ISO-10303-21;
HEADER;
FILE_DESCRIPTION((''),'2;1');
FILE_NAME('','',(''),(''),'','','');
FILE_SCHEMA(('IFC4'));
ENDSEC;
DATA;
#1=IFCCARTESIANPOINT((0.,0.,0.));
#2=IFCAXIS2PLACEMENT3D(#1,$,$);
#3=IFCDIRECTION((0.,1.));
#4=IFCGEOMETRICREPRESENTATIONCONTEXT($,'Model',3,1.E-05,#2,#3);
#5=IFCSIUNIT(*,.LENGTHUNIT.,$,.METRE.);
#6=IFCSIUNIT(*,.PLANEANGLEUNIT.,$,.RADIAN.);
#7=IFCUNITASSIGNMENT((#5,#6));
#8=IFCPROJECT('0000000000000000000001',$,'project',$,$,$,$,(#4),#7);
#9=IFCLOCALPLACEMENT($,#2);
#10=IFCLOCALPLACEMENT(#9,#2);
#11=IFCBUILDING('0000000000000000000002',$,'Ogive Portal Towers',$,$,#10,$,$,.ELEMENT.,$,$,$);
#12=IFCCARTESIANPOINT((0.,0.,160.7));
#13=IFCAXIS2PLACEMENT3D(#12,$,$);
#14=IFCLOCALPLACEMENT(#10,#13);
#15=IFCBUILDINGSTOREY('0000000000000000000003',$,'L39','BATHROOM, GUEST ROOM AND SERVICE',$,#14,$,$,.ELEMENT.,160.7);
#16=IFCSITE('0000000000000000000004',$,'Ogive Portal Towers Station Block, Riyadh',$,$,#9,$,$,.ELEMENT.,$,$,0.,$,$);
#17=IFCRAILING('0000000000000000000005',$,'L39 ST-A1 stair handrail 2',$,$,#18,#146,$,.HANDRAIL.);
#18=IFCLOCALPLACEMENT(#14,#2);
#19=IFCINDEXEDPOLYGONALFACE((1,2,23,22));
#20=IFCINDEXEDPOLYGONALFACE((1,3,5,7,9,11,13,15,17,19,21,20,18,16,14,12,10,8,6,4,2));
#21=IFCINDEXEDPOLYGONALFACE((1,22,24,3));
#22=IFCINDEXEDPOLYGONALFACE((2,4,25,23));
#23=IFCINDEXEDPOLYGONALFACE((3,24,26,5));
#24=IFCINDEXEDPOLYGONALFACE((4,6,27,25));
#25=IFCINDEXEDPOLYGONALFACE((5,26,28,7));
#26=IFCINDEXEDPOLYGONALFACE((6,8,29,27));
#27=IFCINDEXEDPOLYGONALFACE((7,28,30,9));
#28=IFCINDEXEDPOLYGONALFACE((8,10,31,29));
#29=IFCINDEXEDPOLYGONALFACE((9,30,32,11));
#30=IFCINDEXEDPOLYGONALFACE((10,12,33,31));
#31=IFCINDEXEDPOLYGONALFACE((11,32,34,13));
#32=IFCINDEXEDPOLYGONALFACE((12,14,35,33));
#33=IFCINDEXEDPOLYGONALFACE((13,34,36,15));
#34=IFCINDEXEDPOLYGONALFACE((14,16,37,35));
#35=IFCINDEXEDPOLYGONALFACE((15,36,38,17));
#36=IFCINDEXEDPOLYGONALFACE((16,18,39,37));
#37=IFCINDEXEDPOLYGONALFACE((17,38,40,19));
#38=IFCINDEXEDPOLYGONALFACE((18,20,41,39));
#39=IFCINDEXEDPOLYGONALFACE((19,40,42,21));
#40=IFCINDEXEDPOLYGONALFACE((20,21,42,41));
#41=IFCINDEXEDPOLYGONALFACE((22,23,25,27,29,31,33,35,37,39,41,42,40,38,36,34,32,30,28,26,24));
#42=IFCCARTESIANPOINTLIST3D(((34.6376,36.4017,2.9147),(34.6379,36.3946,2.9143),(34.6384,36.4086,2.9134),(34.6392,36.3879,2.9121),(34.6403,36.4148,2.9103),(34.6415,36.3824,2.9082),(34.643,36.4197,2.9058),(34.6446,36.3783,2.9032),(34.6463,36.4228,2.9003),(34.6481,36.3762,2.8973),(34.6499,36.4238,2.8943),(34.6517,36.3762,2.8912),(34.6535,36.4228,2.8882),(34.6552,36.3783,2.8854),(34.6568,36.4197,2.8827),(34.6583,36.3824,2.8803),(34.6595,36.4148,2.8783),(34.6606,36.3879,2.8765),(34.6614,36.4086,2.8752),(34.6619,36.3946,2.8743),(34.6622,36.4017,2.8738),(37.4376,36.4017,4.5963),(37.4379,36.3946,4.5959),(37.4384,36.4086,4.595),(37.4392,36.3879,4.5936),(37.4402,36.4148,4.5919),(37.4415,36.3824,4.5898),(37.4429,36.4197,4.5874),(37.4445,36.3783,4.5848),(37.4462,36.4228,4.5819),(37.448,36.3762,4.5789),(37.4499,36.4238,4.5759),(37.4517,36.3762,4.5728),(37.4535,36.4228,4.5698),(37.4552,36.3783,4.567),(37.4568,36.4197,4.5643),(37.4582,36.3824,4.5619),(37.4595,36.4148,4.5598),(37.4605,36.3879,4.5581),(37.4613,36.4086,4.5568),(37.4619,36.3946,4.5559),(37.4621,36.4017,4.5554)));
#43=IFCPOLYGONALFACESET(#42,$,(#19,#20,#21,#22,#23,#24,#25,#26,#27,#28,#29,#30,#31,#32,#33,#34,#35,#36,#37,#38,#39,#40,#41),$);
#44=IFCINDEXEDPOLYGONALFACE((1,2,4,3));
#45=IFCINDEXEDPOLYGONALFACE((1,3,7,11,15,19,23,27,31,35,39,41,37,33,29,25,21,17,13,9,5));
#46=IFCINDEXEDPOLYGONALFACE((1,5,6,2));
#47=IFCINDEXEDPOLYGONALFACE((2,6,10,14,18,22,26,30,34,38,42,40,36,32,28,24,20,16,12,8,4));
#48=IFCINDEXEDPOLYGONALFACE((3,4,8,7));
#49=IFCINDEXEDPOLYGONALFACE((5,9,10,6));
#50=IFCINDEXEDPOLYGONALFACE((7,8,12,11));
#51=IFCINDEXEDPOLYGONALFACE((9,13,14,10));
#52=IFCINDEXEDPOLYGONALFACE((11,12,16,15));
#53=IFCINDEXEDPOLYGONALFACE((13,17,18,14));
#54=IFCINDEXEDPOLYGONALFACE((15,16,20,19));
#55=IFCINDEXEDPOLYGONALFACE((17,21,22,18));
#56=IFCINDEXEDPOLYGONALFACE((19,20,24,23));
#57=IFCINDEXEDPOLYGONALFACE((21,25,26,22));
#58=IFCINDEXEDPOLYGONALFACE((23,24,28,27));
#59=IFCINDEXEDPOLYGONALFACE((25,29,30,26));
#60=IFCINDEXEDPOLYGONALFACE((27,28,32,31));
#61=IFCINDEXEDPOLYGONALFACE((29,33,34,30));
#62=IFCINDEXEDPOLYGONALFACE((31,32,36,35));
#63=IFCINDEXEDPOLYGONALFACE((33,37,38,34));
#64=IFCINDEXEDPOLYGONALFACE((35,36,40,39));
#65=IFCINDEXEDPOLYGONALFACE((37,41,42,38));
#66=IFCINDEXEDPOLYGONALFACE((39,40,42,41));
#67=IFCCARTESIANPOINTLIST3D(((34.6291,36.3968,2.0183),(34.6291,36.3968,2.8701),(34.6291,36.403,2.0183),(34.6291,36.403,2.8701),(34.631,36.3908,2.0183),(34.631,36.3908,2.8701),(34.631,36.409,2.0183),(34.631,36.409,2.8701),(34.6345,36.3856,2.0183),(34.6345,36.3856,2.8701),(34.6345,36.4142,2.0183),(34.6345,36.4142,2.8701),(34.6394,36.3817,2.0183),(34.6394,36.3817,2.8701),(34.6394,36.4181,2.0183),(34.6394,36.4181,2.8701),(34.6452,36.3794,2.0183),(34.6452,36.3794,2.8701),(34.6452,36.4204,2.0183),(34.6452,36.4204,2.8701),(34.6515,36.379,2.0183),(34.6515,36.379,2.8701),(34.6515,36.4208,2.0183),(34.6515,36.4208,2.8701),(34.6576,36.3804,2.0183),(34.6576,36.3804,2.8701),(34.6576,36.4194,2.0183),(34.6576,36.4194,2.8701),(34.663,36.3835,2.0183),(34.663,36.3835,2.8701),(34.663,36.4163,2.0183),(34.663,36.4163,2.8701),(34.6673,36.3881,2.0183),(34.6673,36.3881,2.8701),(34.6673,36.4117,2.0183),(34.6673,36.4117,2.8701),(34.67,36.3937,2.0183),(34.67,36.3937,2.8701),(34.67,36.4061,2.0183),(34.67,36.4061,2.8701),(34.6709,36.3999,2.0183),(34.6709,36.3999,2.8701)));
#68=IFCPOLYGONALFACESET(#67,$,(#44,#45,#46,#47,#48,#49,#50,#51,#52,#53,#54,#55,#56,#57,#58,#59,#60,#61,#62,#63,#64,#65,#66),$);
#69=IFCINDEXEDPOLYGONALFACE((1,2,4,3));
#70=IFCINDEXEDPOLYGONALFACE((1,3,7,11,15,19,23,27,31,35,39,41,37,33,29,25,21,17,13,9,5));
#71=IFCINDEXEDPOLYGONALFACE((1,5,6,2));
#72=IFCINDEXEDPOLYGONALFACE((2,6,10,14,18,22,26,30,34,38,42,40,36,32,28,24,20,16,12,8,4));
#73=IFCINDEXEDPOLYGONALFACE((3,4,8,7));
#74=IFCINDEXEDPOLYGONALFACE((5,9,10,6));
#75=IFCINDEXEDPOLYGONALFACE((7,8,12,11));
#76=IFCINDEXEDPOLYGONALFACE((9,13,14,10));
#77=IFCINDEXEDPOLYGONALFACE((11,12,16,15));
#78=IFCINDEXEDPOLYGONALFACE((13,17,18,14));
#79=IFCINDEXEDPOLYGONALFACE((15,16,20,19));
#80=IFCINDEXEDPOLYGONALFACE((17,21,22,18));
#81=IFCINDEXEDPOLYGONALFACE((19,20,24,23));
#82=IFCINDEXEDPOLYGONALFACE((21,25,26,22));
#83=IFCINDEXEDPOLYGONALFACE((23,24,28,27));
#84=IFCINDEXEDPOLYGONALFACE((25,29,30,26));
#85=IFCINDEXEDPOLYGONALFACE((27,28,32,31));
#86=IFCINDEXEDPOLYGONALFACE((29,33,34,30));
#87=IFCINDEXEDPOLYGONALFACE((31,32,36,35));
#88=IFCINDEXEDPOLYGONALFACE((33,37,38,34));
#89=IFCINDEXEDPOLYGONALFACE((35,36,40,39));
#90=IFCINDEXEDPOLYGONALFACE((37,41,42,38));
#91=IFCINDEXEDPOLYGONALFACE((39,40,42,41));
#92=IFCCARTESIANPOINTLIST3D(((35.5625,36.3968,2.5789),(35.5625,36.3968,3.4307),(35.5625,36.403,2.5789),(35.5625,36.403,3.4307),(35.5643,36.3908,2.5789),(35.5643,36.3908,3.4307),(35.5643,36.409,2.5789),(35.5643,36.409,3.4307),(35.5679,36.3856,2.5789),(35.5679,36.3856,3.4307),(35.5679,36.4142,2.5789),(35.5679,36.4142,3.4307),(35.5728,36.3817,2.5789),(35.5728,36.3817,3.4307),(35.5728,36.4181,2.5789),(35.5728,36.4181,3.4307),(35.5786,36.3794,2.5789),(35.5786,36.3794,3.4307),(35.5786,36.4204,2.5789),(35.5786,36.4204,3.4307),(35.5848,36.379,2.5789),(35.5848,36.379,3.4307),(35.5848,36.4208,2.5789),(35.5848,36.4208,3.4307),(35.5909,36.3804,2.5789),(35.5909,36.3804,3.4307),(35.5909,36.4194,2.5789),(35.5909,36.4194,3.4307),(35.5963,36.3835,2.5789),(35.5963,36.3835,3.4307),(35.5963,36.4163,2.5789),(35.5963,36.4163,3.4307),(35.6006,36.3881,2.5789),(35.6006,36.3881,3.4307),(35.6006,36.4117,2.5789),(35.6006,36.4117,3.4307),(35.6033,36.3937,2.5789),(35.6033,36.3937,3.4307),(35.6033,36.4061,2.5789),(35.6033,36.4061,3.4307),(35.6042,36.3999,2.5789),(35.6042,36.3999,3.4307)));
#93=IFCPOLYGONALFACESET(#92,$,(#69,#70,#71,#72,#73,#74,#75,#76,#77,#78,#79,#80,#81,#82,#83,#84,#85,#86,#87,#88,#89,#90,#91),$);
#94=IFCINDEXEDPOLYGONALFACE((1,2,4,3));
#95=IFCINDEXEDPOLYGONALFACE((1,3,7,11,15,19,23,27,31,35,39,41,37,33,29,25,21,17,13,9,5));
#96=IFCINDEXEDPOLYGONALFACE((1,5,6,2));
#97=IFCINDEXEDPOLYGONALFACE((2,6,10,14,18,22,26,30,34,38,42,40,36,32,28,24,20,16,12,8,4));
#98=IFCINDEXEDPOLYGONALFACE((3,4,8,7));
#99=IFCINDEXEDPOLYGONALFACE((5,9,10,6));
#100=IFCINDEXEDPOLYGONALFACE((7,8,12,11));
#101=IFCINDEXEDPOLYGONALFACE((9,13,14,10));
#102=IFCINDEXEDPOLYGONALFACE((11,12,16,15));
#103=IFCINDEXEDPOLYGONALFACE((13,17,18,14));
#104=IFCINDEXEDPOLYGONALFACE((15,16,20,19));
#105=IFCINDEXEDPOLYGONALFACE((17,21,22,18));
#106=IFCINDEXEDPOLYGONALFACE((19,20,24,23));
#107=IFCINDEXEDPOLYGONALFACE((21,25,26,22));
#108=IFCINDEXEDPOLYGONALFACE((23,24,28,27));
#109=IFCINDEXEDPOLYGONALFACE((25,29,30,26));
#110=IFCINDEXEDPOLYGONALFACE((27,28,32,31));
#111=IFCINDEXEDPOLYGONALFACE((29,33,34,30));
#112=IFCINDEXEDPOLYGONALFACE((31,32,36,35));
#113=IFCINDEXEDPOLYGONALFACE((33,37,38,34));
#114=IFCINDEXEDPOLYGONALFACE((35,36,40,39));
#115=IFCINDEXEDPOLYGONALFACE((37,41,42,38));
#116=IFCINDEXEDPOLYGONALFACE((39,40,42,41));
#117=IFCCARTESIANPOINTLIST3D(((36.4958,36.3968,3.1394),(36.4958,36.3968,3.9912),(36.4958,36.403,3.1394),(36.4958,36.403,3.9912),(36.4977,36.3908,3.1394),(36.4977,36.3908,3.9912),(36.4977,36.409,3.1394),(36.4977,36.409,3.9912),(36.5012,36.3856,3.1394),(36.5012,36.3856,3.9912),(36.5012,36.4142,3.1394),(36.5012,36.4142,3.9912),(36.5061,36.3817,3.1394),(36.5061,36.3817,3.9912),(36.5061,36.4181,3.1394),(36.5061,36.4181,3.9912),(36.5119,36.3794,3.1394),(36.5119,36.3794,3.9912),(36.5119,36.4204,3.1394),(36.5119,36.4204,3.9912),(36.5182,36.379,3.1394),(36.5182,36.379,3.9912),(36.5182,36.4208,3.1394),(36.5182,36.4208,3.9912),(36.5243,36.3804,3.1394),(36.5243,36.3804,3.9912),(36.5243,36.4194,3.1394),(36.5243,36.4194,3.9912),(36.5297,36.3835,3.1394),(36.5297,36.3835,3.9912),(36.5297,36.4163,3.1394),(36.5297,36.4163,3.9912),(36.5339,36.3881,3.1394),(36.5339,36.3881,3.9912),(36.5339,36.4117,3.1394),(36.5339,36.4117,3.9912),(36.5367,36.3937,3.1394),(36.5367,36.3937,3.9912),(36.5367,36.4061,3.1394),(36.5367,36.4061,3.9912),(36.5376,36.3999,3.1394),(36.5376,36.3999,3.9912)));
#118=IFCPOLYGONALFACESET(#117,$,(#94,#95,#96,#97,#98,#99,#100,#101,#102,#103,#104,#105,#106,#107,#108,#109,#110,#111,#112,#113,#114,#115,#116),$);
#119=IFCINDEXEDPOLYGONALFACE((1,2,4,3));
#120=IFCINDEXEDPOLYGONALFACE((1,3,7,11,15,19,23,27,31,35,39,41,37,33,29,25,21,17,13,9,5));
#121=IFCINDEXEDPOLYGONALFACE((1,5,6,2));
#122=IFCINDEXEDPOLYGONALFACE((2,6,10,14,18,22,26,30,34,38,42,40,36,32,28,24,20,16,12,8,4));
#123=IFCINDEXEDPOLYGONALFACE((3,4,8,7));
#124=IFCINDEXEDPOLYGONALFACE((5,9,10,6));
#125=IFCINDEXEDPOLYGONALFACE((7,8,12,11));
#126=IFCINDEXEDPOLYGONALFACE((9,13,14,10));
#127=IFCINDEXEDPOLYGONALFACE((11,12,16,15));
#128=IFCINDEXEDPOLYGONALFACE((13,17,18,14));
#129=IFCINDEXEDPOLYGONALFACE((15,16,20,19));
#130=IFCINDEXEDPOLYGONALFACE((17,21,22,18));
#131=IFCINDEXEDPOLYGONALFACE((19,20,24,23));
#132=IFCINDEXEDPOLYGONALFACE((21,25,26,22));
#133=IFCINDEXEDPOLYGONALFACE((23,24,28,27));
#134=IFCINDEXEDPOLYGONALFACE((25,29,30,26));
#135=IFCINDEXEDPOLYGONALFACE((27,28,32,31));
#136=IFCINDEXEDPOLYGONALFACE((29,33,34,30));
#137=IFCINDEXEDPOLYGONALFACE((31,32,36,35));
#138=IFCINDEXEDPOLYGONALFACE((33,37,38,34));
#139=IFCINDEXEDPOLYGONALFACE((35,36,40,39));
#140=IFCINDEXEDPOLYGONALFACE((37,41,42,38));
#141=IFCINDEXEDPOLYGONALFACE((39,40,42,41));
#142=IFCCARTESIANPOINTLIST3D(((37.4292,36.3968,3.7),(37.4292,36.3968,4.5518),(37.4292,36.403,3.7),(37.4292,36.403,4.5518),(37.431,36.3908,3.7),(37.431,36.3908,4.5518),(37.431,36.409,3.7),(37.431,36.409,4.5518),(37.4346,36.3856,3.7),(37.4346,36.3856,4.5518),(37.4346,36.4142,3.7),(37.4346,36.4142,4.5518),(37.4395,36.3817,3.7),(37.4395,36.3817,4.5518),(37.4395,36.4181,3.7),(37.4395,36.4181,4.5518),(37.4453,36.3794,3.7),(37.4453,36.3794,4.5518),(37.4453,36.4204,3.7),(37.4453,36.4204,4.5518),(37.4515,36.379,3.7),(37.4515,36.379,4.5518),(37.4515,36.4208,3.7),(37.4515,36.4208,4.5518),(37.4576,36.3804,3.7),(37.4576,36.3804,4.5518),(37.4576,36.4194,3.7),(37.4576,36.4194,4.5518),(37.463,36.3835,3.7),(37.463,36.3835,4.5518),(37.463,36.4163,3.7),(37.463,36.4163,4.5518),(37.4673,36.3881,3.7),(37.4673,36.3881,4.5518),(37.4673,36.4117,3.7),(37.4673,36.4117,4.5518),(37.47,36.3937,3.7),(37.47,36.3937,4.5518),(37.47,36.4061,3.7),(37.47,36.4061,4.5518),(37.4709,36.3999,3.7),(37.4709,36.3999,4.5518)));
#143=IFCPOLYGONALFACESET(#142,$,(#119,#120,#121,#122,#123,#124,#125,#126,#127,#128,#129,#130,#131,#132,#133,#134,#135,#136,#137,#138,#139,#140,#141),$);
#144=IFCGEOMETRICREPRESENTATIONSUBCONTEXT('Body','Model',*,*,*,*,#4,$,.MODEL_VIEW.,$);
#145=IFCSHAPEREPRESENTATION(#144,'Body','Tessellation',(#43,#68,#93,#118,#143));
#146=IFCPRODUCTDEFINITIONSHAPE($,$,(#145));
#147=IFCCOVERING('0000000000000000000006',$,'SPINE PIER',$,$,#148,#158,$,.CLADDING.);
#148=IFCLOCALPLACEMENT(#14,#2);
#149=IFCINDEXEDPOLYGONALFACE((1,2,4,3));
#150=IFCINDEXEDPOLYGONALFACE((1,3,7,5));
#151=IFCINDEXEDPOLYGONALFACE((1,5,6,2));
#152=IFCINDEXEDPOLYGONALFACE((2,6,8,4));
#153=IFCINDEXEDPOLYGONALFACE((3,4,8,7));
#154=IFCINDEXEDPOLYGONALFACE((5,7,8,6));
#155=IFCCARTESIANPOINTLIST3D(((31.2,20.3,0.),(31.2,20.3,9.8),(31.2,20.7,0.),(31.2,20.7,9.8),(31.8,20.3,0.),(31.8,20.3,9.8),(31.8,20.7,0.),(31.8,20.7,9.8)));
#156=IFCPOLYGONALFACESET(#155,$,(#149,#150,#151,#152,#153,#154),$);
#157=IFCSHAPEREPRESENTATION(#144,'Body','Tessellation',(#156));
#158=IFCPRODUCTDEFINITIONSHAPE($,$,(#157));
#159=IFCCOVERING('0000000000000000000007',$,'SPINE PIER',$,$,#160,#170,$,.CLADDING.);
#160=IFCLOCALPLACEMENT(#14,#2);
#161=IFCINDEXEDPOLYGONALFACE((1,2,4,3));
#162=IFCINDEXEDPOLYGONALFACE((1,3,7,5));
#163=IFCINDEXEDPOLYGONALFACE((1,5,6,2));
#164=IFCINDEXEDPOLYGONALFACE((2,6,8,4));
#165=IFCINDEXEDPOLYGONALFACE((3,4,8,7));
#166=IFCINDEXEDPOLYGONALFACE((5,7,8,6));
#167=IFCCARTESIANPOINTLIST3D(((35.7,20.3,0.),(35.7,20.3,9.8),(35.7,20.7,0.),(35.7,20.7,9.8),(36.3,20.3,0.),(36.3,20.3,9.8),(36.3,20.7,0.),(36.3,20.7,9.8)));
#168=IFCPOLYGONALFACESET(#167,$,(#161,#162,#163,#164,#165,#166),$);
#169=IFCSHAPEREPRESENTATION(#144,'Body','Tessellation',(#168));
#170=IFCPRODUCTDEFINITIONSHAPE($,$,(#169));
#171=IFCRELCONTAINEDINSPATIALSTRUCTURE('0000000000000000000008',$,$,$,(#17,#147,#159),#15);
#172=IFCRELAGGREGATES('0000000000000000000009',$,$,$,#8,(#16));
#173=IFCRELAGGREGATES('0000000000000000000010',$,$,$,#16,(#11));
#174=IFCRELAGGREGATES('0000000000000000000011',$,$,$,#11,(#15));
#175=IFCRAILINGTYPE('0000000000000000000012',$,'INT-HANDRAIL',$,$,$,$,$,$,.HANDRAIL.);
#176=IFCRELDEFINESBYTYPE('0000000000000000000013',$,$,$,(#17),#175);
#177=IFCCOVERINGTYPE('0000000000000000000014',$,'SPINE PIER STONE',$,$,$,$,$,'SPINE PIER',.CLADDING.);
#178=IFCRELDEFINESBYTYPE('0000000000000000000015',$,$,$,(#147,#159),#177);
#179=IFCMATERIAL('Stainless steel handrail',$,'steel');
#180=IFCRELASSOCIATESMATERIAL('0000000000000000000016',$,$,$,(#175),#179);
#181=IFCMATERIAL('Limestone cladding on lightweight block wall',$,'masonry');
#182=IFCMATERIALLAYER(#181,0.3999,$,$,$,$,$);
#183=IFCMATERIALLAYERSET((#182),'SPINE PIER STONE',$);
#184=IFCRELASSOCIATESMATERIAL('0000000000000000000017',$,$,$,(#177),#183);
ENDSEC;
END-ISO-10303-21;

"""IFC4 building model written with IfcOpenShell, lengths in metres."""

from ifc_helpers import new_model, si_unit, direction, frame, origin, origin_2d, place, context, subcontext, project, spatial, rectangle, circle, extrude, material, layer, layer_set, type_object, element, save


model = new_model("IFC4")

# Units and contexts
model_context = context("Model", 3, precision=1e-05, world=origin(), true_north=direction((0.0, 1.0)))
body_context = subcontext(model_context, "Body", "Model", "MODEL_VIEW")
ifc_project = project(units=[si_unit("LENGTHUNIT", "METRE"), si_unit("PLANEANGLEUNIT", "RADIAN")], contexts=[model_context])

# Site, building, storey
site_placement = place(None, origin())
site = spatial("IfcSite", under=ifc_project, at=site_placement, Name="Ogive Portal Towers Station Block, Riyadh", CompositionType="ELEMENT", RefElevation=0.0)
building_placement = place(site_placement, origin())
building = spatial("IfcBuilding", under=site, at=building_placement, Name="Ogive Portal Towers", CompositionType="ELEMENT")
storey_placement = place(building_placement, frame((0.0, 0.0, 160.7)))
storey = spatial("IfcBuildingStorey", under=building, at=storey_placement, Name="L39", Description="BATHROOM, GUEST ROOM AND SERVICE", CompositionType="ELEMENT", Elevation=160.7)

# Shared definitions
ifc_material_1 = material(Name="Limestone cladding on lightweight block wall", Category="masonry")

# Railing
ifc_material_2 = material(Name="Stainless steel handrail", Category="steel")
railing_type_1 = type_object("IfcRailingType", Name="INT-HANDRAIL", PredefinedType="HANDRAIL", material=ifc_material_2)
railing_1_placement = place(storey_placement, frame((34.6499, 36.3999, 2.0183)))
element("IfcRailing", 1, at=railing_1_placement, inside=storey, type_object=railing_type_1, Name="L39 ST-A1 stair handrail 2", PredefinedType="HANDRAIL", context=body_context, shape_type="SweptSolid", body=[
    extrude(circle(Radius=0.0239, at=origin_2d()), frame((0.0, 0.0, 0.876), z_axis=(0.857275, 0.0, 0.514858), x_axis=(0.0, 1.0, 0.0)), (0.0, 0.0, 1.0), 3.2661),
    extrude(circle(Radius=0.021, at=origin_2d()), origin(), (0.0, 0.0, 1.0), 0.8518),
    extrude(circle(Radius=0.021, at=origin_2d()), frame((0.9333, 0.0, 0.5605)), (0.0, 0.0, 1.0), 0.8518),
    extrude(circle(Radius=0.021, at=origin_2d()), frame((1.8667, 0.0, 1.1211)), (0.0, 0.0, 1.0), 0.8518),
    extrude(circle(Radius=0.021, at=origin_2d()), frame((2.8, 0.0, 1.6816)), (0.0, 0.0, 1.0), 0.8518),
])

# Coverings
ifc_layer_1 = layer(ifc_material_1, 0.3999)
ifc_layer_set_1 = layer_set([ifc_layer_1], Name="SPINE PIER STONE")
covering_type = type_object("IfcCoveringType", Name="SPINE PIER STONE", ElementType="SPINE PIER", PredefinedType="CLADDING", material=ifc_layer_set_1)
for number, where, z_axis, x_axis, name in (
    (2, (31.5, 20.5, 0.0), (0.0, 0.0, 1.0), (1.0, 0.0, 0.0), "SPINE PIER"),
    (3, (36.0, 20.5, 0.0), (0.0, 0.0, 1.0), (1.0, 0.0, 0.0), "SPINE PIER"),
):
    element("IfcCovering", number, at=place(storey_placement, frame(where, z_axis=z_axis, x_axis=x_axis)), inside=storey, type_object=covering_type, Name=name, PredefinedType="CLADDING", context=body_context, shape_type="SweptSolid", body=[
        extrude(rectangle(XDim=0.6001, YDim=0.3999, at=origin_2d()), origin(), (0.0, 0.0, 1.0), 9.8),
    ])

save(model, "model.ifc")
